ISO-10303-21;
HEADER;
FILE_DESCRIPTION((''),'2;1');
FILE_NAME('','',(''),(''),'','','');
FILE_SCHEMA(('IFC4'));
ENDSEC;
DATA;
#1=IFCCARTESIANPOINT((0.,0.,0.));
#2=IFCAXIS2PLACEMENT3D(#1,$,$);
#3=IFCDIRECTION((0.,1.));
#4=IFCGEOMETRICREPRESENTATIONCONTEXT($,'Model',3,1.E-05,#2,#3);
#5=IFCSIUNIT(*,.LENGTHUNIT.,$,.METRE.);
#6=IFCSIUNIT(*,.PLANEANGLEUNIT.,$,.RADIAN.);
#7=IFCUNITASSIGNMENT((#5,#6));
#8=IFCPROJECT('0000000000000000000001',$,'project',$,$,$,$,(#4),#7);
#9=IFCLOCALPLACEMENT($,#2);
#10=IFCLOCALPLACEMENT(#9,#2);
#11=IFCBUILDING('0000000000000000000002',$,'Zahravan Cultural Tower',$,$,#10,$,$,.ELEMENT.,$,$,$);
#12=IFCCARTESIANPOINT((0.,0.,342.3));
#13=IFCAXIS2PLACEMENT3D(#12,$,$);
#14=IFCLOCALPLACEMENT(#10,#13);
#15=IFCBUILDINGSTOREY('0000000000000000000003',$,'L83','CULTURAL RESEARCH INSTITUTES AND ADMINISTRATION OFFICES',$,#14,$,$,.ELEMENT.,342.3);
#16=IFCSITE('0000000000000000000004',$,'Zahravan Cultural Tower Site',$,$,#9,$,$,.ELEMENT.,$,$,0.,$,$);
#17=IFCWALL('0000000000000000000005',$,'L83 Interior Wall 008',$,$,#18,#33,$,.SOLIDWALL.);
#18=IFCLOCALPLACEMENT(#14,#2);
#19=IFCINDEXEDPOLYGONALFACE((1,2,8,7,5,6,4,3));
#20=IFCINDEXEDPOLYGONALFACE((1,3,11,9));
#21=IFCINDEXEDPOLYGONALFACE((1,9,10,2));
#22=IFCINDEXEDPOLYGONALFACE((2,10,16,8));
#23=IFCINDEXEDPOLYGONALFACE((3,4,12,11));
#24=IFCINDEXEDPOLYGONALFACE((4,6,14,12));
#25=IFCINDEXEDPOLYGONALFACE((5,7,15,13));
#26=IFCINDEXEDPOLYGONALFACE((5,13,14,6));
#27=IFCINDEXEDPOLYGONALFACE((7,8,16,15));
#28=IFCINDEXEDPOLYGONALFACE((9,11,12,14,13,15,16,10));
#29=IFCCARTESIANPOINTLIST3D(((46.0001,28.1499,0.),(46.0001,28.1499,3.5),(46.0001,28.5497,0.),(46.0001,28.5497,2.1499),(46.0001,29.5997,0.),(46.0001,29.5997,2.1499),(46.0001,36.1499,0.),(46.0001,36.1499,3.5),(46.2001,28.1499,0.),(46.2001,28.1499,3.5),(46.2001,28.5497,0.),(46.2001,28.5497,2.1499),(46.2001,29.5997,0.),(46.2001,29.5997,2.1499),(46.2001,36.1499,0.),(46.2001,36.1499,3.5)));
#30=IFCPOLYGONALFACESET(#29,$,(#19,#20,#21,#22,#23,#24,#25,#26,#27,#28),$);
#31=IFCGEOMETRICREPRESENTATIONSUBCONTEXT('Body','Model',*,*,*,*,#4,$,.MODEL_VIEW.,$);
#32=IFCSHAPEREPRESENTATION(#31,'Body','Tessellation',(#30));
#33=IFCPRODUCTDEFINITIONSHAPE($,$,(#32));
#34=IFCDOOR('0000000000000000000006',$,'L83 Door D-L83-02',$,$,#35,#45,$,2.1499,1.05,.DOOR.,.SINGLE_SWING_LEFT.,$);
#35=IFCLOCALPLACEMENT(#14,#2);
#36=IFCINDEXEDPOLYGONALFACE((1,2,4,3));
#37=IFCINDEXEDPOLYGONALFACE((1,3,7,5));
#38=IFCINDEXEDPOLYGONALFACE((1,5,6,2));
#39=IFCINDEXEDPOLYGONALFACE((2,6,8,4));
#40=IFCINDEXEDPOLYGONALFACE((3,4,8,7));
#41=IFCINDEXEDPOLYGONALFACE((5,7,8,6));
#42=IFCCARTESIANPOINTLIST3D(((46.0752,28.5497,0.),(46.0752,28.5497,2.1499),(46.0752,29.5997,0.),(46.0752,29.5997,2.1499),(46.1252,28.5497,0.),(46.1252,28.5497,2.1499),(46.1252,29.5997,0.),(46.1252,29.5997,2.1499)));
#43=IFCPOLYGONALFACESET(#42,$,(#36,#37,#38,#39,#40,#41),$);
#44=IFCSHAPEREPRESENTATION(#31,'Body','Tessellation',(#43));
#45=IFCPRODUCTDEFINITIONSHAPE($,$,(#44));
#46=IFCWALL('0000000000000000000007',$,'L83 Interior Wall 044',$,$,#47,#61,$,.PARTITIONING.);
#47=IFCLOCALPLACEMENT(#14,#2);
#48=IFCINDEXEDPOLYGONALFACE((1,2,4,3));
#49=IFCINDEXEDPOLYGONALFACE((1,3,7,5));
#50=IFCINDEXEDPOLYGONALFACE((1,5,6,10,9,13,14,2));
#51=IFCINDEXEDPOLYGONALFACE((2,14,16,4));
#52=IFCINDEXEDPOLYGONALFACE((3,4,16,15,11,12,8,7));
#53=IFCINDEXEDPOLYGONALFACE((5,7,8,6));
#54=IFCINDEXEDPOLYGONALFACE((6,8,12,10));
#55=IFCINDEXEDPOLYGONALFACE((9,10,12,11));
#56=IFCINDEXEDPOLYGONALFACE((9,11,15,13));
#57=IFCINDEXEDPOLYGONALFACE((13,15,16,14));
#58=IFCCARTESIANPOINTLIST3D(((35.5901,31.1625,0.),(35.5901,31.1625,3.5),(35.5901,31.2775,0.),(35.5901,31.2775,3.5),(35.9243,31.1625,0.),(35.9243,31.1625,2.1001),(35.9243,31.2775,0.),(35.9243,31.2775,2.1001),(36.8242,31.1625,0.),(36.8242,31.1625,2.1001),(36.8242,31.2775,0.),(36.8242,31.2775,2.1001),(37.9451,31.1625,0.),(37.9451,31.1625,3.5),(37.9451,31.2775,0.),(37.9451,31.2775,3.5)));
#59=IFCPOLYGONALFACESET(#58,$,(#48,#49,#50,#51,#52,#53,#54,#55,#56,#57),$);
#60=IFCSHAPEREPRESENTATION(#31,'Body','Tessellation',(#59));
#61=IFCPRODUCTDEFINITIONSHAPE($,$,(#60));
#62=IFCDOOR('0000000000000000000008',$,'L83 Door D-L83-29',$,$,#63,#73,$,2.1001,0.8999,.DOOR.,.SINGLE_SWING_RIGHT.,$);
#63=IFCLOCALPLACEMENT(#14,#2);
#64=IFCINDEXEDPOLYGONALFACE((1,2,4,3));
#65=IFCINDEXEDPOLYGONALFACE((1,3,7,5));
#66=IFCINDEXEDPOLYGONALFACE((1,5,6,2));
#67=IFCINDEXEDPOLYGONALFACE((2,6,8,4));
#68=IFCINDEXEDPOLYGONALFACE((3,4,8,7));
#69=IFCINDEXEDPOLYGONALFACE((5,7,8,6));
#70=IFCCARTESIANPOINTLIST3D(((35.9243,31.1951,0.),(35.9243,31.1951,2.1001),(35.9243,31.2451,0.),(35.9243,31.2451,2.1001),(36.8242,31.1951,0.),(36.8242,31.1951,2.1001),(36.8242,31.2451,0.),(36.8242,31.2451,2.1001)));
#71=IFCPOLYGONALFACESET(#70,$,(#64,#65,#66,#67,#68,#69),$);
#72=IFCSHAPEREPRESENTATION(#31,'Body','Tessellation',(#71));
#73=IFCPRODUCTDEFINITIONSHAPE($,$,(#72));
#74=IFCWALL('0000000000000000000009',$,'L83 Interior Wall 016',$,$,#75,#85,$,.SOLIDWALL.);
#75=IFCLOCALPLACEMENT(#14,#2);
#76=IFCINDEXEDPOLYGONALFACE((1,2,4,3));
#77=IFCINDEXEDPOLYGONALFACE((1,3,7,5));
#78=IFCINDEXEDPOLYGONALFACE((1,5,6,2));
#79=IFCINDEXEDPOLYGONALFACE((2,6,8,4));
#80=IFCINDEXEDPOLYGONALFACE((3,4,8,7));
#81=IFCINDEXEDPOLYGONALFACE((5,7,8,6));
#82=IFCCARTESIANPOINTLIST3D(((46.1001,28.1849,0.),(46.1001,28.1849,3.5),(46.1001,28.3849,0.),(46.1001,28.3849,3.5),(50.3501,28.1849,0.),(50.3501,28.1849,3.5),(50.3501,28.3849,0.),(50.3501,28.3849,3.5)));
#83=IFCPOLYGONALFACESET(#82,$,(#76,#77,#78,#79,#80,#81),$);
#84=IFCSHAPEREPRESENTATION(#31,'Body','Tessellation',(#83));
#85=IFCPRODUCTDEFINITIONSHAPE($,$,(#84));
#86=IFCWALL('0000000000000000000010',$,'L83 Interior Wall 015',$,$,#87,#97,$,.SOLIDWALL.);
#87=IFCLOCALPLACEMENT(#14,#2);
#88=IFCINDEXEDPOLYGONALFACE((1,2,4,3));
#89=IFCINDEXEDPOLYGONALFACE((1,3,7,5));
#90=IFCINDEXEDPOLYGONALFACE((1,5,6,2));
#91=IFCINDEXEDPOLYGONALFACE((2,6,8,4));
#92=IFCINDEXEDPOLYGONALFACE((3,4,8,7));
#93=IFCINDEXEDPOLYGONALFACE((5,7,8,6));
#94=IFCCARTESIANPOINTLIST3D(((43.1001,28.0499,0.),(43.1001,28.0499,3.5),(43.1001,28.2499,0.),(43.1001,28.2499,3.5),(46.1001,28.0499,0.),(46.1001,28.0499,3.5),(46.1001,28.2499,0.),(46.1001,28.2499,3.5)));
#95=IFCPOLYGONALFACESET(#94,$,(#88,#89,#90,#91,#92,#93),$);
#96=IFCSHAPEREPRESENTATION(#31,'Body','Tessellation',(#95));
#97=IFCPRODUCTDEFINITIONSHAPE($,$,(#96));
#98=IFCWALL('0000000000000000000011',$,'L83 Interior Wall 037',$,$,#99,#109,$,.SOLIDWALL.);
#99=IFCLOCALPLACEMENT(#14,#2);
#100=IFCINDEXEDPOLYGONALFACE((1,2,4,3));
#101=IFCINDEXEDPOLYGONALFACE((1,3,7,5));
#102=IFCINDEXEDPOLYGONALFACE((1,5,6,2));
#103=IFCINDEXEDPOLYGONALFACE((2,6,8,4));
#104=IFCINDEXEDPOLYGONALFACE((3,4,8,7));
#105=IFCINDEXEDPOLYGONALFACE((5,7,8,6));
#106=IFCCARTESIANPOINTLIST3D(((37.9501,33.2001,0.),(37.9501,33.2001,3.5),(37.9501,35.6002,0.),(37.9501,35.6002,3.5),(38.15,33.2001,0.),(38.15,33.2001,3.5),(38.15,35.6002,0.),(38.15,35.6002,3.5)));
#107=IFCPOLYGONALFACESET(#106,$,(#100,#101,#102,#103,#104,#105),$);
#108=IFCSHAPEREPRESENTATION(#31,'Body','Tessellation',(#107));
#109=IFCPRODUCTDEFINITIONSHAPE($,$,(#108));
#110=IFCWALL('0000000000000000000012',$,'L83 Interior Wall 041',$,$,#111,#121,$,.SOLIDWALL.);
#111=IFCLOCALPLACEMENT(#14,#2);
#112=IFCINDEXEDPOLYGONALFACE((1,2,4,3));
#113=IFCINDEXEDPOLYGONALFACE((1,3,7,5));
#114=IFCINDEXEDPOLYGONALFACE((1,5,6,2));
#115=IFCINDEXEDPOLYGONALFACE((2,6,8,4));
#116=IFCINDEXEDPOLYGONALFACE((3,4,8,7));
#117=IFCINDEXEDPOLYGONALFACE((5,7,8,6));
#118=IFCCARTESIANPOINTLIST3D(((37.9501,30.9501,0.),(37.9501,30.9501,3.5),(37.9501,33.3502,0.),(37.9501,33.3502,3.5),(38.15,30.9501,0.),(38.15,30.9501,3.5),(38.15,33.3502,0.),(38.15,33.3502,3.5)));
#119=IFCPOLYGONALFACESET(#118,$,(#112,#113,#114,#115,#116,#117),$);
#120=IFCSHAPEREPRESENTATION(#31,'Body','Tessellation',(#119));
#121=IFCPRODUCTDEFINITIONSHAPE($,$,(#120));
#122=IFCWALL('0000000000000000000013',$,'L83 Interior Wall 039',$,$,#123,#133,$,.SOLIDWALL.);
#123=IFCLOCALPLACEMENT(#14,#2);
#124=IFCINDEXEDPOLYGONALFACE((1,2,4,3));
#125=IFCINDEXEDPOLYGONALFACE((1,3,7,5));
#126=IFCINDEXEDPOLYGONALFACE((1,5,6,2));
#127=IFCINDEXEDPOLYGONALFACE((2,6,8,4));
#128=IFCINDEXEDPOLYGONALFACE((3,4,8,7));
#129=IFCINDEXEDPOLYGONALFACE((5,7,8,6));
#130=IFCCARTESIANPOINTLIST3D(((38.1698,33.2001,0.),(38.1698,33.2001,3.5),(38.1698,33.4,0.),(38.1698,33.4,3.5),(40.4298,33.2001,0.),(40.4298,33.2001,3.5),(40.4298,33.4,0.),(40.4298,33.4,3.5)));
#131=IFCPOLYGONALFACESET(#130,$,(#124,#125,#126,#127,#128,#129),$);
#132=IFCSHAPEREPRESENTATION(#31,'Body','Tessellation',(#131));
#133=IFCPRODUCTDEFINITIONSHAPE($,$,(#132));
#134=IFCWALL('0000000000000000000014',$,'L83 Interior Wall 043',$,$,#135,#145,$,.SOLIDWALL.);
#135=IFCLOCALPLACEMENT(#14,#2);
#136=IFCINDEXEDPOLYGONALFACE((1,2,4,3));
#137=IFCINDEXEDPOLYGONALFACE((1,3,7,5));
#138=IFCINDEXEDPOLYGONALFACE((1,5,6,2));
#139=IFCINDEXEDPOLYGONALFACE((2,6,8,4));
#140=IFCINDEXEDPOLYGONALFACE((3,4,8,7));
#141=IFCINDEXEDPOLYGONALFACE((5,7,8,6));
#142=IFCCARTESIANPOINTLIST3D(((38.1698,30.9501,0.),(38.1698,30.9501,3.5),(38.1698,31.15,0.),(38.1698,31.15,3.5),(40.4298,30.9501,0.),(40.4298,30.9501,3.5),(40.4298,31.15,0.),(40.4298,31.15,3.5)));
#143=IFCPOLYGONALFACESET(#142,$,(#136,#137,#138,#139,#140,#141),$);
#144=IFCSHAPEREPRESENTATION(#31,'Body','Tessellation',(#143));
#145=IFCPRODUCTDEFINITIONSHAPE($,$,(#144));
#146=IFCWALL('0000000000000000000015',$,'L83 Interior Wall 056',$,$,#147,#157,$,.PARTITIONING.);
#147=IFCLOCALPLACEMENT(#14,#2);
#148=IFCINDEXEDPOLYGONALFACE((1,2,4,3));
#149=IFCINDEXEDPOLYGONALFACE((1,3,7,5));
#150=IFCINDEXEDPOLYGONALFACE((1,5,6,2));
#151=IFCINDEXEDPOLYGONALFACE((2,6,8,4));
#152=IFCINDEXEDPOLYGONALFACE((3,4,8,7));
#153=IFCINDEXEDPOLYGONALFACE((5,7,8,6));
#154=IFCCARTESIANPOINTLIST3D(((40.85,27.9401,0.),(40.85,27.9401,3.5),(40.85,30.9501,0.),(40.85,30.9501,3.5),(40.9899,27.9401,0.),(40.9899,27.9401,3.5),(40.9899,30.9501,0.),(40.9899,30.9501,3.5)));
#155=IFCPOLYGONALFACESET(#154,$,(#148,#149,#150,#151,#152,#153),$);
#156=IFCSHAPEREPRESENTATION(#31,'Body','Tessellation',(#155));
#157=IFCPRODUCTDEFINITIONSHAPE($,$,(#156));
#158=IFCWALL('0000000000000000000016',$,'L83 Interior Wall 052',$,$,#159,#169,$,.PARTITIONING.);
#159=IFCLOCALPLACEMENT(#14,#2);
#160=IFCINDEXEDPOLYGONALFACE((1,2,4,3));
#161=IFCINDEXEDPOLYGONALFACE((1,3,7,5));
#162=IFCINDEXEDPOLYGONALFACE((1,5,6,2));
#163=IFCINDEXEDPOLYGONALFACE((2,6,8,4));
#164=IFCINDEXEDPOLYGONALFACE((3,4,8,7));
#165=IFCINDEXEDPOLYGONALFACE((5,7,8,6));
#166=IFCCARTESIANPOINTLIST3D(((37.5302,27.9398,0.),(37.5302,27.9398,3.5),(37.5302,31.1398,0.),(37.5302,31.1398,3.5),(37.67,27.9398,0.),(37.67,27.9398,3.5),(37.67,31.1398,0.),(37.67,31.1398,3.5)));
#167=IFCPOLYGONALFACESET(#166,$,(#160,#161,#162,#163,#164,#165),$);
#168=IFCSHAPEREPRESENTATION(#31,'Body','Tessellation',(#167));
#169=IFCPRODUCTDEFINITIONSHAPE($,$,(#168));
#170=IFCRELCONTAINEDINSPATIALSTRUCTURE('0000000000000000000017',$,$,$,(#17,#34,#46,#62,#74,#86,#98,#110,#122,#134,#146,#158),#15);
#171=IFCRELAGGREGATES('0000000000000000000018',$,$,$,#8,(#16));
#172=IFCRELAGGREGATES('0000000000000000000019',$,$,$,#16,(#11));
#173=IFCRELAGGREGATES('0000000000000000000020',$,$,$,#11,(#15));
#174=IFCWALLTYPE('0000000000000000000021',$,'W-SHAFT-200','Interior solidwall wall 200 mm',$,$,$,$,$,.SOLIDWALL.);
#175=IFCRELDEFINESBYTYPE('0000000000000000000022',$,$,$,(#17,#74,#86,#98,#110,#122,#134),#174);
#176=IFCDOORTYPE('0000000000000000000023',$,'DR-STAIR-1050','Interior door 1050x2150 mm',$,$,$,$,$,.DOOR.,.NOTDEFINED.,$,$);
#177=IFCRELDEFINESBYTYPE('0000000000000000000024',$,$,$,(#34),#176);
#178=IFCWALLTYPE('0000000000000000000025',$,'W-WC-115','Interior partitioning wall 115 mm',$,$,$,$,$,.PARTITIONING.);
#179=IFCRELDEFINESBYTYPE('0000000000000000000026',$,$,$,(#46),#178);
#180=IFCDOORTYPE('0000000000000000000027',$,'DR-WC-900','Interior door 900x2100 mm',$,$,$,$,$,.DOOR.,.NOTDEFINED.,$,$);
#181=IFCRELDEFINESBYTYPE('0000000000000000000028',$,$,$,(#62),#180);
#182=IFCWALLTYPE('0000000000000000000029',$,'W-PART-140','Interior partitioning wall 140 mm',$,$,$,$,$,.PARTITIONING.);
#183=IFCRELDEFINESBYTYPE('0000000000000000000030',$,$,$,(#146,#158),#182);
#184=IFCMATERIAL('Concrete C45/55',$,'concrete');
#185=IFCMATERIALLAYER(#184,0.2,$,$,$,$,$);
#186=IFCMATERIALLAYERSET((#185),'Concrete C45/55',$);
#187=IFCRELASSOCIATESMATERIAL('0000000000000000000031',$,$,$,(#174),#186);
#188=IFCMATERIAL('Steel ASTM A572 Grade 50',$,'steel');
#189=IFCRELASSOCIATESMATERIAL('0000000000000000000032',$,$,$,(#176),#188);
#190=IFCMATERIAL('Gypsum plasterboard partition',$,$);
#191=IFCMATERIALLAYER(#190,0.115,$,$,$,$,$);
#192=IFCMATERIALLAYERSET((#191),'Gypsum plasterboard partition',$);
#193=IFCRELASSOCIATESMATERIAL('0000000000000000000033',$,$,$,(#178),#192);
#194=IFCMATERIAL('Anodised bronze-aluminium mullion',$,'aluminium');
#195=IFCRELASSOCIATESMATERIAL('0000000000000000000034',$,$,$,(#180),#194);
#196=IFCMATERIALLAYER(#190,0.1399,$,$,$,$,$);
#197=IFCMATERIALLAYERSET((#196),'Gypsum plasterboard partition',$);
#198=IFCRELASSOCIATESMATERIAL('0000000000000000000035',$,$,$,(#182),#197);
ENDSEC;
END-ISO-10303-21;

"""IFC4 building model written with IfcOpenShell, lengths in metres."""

from ifc_helpers import new_model, si_unit, direction, frame, frame_2d, origin, place, context, subcontext, project, spatial, rectangle, extrude, source, transform, mapped, material, layer, layer_set, type_object, element, fill, save


model = new_model("IFC4")

# Units and contexts
model_context = context("Model", 3, precision=1e-05, world=origin(), true_north=direction((0.0, 1.0)))
body_context = subcontext(model_context, "Body", "Model", "MODEL_VIEW")
ifc_project = project(units=[si_unit("LENGTHUNIT", "METRE"), si_unit("PLANEANGLEUNIT", "RADIAN")], contexts=[model_context])

# Site, building, storey
site_placement = place(None, origin())
site = spatial("IfcSite", under=ifc_project, at=site_placement, Name="Zahravan Cultural Tower Site", CompositionType="ELEMENT", RefElevation=0.0)
building_placement = place(site_placement, origin())
building = spatial("IfcBuilding", under=site, at=building_placement, Name="Zahravan Cultural Tower", CompositionType="ELEMENT")
storey_placement = place(building_placement, frame((0.0, 0.0, 342.3)))
storey = spatial("IfcBuildingStorey", under=building, at=storey_placement, Name="L83", Description="CULTURAL RESEARCH INSTITUTES AND ADMINISTRATION OFFICES", CompositionType="ELEMENT", Elevation=342.3)

# Walls, openings, doors
ifc_material_1 = material(Name="Concrete C45/55", Category="concrete")
ifc_layer_1 = layer(ifc_material_1, 0.2)
ifc_layer_set_1 = layer_set([ifc_layer_1], Name="Concrete C45/55")
wall_type_1 = type_object("IfcWallType", Name="W-SHAFT-200", Description="Interior solidwall wall 200 mm", PredefinedType="SOLIDWALL", material=ifc_layer_set_1)
wall_1_placement = place(storey_placement, frame((46.1001, 28.1499, 0.0), z_axis=(0.0, 0.0, 1.0), x_axis=(0.0, 1.0, 0.0)))
wall_1 = element("IfcWall", 1, at=wall_1_placement, inside=storey, type_object=wall_type_1, Name="L83 Interior Wall 008", PredefinedType="SOLIDWALL", context=body_context, shape_type="SweptSolid", body=[
    extrude(rectangle(XDim=8.0, YDim=0.2, at=frame_2d((4.0, 0.0))), origin(), (0.0, 0.0, 1.0), 3.5),
])
opening_1_placement = place(wall_1_placement, frame((0.3999, 0.0, 0.0)))
opening_1 = element("IfcOpeningElement", 2, at=opening_1_placement, cuts=wall_1, PredefinedType="OPENING", context=body_context, shape_type="SweptSolid", body=[
    extrude(rectangle(XDim=1.05, YDim=2.1499, at=frame_2d((0.5249, 1.075))), frame((0.0, 0.1099, 0.0), z_axis=(0.0, -1.0, 0.0), x_axis=(1.0, 0.0, 0.0)), (0.0, 0.0, 1.0), 0.22),
])
ifc_material_2 = material(Name="Steel ASTM A572 Grade 50", Category="steel")
door_type_1 = type_object("IfcDoorType", Name="DR-STAIR-1050", Description="Interior door 1050x2150 mm", OperationType="NOTDEFINED", PredefinedType="DOOR", material=ifc_material_2)
shared_shape_1 = source(origin(), body_context, "Body", "SweptSolid", [
    extrude(rectangle(XDim=1.05, YDim=2.1499, at=frame_2d((0.5249, 1.075))), frame((0.0, 0.0249, 0.0), z_axis=(0.0, -1.0, 0.0), x_axis=(1.0, 0.0, 0.0)), (0.0, 0.0, 1.0), 0.05),
])
door_1_placement = place(opening_1_placement, origin())
door_1 = element("IfcDoor", 3, at=door_1_placement, inside=storey, type_object=door_type_1, Name="L83 Door D-L83-02", OperationType="SINGLE_SWING_LEFT", OverallHeight=2.1499, OverallWidth=1.05, PredefinedType="DOOR", context=body_context, shape_type="MappedRepresentation", body=[
    mapped(shared_shape_1, transform((0.0, 0.0, 0.0), x_axis=(1.0, 0.0, 0.0), y_axis=(0.0, 1.0, 0.0), z_axis=(0.0, 0.0, 1.0), scale=1.0)),
])
fill(opening_1, door_1)
ifc_material_3 = material(Name="Gypsum plasterboard partition")
ifc_layer_2 = layer(ifc_material_3, 0.115)
ifc_layer_set_2 = layer_set([ifc_layer_2], Name="Gypsum plasterboard partition")
wall_type_2 = type_object("IfcWallType", Name="W-WC-115", Description="Interior partitioning wall 115 mm", PredefinedType="PARTITIONING", material=ifc_layer_set_2)
wall_2_placement = place(storey_placement, frame((37.9451, 31.22, 0.0), z_axis=(0.0, 0.0, 1.0), x_axis=(-1.0, 0.0, 0.0)))
wall_2 = element("IfcWall", 4, at=wall_2_placement, inside=storey, type_object=wall_type_2, Name="L83 Interior Wall 044", PredefinedType="PARTITIONING", context=body_context, shape_type="SweptSolid", body=[
    extrude(rectangle(XDim=2.355, YDim=0.115, at=frame_2d((1.1775, 0.0))), origin(), (0.0, 0.0, 1.0), 3.5),
])
opening_2_placement = place(wall_2_placement, frame((1.1208, 0.0, 0.0)))
opening_2 = element("IfcOpeningElement", 5, at=opening_2_placement, cuts=wall_2, PredefinedType="OPENING", context=body_context, shape_type="SweptSolid", body=[
    extrude(rectangle(XDim=0.8999, YDim=2.1001, at=frame_2d((0.45, 1.05))), frame((0.0, 0.0674, 0.0), z_axis=(0.0, -1.0, 0.0), x_axis=(1.0, 0.0, 0.0)), (0.0, 0.0, 1.0), 0.135),
])
ifc_material_4 = material(Name="Anodised bronze-aluminium mullion", Category="aluminium")
door_type_2 = type_object("IfcDoorType", Name="DR-WC-900", Description="Interior door 900x2100 mm", OperationType="NOTDEFINED", PredefinedType="DOOR", material=ifc_material_4)
shared_shape_2 = source(origin(), body_context, "Body", "SweptSolid", [
    extrude(rectangle(XDim=0.8999, YDim=2.1001, at=frame_2d((0.45, 1.05))), frame((0.0, 0.0249, 0.0), z_axis=(0.0, -1.0, 0.0), x_axis=(1.0, 0.0, 0.0)), (0.0, 0.0, 1.0), 0.05),
])
door_2_placement = place(opening_2_placement, origin())
door_2 = element("IfcDoor", 6, at=door_2_placement, inside=storey, type_object=door_type_2, Name="L83 Door D-L83-29", OperationType="SINGLE_SWING_RIGHT", OverallHeight=2.1001, OverallWidth=0.8999, PredefinedType="DOOR", context=body_context, shape_type="MappedRepresentation", body=[
    mapped(shared_shape_2, transform((0.0, 0.0, 0.0), x_axis=(1.0, 0.0, 0.0), y_axis=(0.0, 1.0, 0.0), z_axis=(0.0, 0.0, 1.0), scale=1.0)),
])
fill(opening_2, door_2)

# Walls
shared_shape_3 = source(origin(), body_context, "Body", "SweptSolid", [
    extrude(rectangle(XDim=4.25, YDim=0.2, at=frame_2d((2.125, 0.0))), origin(), (0.0, 0.0, 1.0), 3.5),
])
wall_3_placement = place(storey_placement, frame((46.1001, 28.2849, 0.0), z_axis=(0.0, 0.0, 1.0), x_axis=(1.0, 0.0, 0.0)))
element("IfcWall", 7, at=wall_3_placement, inside=storey, type_object=wall_type_1, Name="L83 Interior Wall 016", PredefinedType="SOLIDWALL", context=body_context, shape_type="MappedRepresentation", body=[
    mapped(shared_shape_3, transform((0.0, 0.0, 0.0), x_axis=(1.0, 0.0, 0.0), y_axis=(0.0, 1.0, 0.0), z_axis=(0.0, 0.0, 1.0), scale=1.0)),
])
shared_shape_4 = source(origin(), body_context, "Body", "SweptSolid", [
    extrude(rectangle(XDim=3.0, YDim=0.2, at=frame_2d((1.5, 0.0))), origin(), (0.0, 0.0, 1.0), 3.5),
])
wall_4_placement = place(storey_placement, frame((43.1001, 28.1499, 0.0), z_axis=(0.0, 0.0, 1.0), x_axis=(1.0, 0.0, 0.0)))
element("IfcWall", 8, at=wall_4_placement, inside=storey, type_object=wall_type_1, Name="L83 Interior Wall 015", PredefinedType="SOLIDWALL", context=body_context, shape_type="MappedRepresentation", body=[
    mapped(shared_shape_4, transform((0.0, 0.0, 0.0), x_axis=(1.0, 0.0, 0.0), y_axis=(0.0, 1.0, 0.0), z_axis=(0.0, 0.0, 1.0), scale=1.0)),
])
shared_shape_5 = source(origin(), body_context, "Body", "SweptSolid", [
    extrude(rectangle(XDim=2.4001, YDim=0.2, at=frame_2d((1.2002, 0.0))), origin(), (0.0, 0.0, 1.0), 3.5),
])
for number, where, z_axis, x_axis, name in (
    (9, (38.05, 33.2, 0.0), (0.0, 0.0, 1.0), (0.0, 1.0, 0.0), "L83 Interior Wall 037"),
    (10, (38.05, 30.95, 0.0), (0.0, 0.0, 1.0), (0.0, 1.0, 0.0), "L83 Interior Wall 041"),
):
    element("IfcWall", number, at=place(storey_placement, frame(where, z_axis=z_axis, x_axis=x_axis)), inside=storey, type_object=wall_type_1, Name=name, PredefinedType="SOLIDWALL", context=body_context, shape_type="MappedRepresentation", body=[
        mapped(shared_shape_5, transform((0.0, 0.0, 0.0), x_axis=(1.0, 0.0, 0.0), y_axis=(0.0, 1.0, 0.0), z_axis=(0.0, 0.0, 1.0), scale=1.0)),
    ])
shared_shape_6 = source(origin(), body_context, "Body", "SweptSolid", [
    extrude(rectangle(XDim=2.26, YDim=0.2, at=frame_2d((1.1299, 0.0))), origin(), (0.0, 0.0, 1.0), 3.5),
])
for number, where, z_axis, x_axis, name in (
    (11, (38.1699, 33.3, 0.0), (0.0, 0.0, 1.0), (1.0, 0.0, 0.0), "L83 Interior Wall 039"),
    (12, (38.1699, 31.05, 0.0), (0.0, 0.0, 1.0), (1.0, 0.0, 0.0), "L83 Interior Wall 043"),
):
    element("IfcWall", number, at=place(storey_placement, frame(where, z_axis=z_axis, x_axis=x_axis)), inside=storey, type_object=wall_type_1, Name=name, PredefinedType="SOLIDWALL", context=body_context, shape_type="MappedRepresentation", body=[
        mapped(shared_shape_6, transform((0.0, 0.0, 0.0), x_axis=(1.0, 0.0, 0.0), y_axis=(0.0, 1.0, 0.0), z_axis=(0.0, 0.0, 1.0), scale=1.0)),
    ])
ifc_layer_3 = layer(ifc_material_3, 0.1399)
ifc_layer_set_3 = layer_set([ifc_layer_3], Name="Gypsum plasterboard partition")
wall_type_3 = type_object("IfcWallType", Name="W-PART-140", Description="Interior partitioning wall 140 mm", PredefinedType="PARTITIONING", material=ifc_layer_set_3)
shared_shape_7 = source(origin(), body_context, "Body", "SweptSolid", [
    extrude(rectangle(XDim=3.01, YDim=0.1399, at=frame_2d((1.5049, 0.0))), origin(), (0.0, 0.0, 1.0), 3.5),
])
wall_5_placement = place(storey_placement, frame((40.9199, 30.95, 0.0), z_axis=(0.0, 0.0, 1.0), x_axis=(0.0, -1.0, 0.0)))
element("IfcWall", 13, at=wall_5_placement, inside=storey, type_object=wall_type_3, Name="L83 Interior Wall 056", PredefinedType="PARTITIONING", context=body_context, shape_type="MappedRepresentation", body=[
    mapped(shared_shape_7, transform((0.0, 0.0, 0.0), x_axis=(1.0, 0.0, 0.0), y_axis=(0.0, 1.0, 0.0), z_axis=(0.0, 0.0, 1.0), scale=1.0)),
])
shared_shape_8 = source(origin(), body_context, "Body", "SweptSolid", [
    extrude(rectangle(XDim=3.2, YDim=0.1399, at=frame_2d((1.6001, 0.0))), origin(), (0.0, 0.0, 1.0), 3.5),
])
wall_6_placement = place(storey_placement, frame((37.6001, 31.1399, 0.0), z_axis=(0.0, 0.0, 1.0), x_axis=(0.0, -1.0, 0.0)))
element("IfcWall", 14, at=wall_6_placement, inside=storey, type_object=wall_type_3, Name="L83 Interior Wall 052", PredefinedType="PARTITIONING", context=body_context, shape_type="MappedRepresentation", body=[
    mapped(shared_shape_8, transform((0.0, 0.0, 0.0), x_axis=(1.0, 0.0, 0.0), y_axis=(0.0, 1.0, 0.0), z_axis=(0.0, 0.0, 1.0), scale=1.0)),
])

save(model, "model.ifc")
